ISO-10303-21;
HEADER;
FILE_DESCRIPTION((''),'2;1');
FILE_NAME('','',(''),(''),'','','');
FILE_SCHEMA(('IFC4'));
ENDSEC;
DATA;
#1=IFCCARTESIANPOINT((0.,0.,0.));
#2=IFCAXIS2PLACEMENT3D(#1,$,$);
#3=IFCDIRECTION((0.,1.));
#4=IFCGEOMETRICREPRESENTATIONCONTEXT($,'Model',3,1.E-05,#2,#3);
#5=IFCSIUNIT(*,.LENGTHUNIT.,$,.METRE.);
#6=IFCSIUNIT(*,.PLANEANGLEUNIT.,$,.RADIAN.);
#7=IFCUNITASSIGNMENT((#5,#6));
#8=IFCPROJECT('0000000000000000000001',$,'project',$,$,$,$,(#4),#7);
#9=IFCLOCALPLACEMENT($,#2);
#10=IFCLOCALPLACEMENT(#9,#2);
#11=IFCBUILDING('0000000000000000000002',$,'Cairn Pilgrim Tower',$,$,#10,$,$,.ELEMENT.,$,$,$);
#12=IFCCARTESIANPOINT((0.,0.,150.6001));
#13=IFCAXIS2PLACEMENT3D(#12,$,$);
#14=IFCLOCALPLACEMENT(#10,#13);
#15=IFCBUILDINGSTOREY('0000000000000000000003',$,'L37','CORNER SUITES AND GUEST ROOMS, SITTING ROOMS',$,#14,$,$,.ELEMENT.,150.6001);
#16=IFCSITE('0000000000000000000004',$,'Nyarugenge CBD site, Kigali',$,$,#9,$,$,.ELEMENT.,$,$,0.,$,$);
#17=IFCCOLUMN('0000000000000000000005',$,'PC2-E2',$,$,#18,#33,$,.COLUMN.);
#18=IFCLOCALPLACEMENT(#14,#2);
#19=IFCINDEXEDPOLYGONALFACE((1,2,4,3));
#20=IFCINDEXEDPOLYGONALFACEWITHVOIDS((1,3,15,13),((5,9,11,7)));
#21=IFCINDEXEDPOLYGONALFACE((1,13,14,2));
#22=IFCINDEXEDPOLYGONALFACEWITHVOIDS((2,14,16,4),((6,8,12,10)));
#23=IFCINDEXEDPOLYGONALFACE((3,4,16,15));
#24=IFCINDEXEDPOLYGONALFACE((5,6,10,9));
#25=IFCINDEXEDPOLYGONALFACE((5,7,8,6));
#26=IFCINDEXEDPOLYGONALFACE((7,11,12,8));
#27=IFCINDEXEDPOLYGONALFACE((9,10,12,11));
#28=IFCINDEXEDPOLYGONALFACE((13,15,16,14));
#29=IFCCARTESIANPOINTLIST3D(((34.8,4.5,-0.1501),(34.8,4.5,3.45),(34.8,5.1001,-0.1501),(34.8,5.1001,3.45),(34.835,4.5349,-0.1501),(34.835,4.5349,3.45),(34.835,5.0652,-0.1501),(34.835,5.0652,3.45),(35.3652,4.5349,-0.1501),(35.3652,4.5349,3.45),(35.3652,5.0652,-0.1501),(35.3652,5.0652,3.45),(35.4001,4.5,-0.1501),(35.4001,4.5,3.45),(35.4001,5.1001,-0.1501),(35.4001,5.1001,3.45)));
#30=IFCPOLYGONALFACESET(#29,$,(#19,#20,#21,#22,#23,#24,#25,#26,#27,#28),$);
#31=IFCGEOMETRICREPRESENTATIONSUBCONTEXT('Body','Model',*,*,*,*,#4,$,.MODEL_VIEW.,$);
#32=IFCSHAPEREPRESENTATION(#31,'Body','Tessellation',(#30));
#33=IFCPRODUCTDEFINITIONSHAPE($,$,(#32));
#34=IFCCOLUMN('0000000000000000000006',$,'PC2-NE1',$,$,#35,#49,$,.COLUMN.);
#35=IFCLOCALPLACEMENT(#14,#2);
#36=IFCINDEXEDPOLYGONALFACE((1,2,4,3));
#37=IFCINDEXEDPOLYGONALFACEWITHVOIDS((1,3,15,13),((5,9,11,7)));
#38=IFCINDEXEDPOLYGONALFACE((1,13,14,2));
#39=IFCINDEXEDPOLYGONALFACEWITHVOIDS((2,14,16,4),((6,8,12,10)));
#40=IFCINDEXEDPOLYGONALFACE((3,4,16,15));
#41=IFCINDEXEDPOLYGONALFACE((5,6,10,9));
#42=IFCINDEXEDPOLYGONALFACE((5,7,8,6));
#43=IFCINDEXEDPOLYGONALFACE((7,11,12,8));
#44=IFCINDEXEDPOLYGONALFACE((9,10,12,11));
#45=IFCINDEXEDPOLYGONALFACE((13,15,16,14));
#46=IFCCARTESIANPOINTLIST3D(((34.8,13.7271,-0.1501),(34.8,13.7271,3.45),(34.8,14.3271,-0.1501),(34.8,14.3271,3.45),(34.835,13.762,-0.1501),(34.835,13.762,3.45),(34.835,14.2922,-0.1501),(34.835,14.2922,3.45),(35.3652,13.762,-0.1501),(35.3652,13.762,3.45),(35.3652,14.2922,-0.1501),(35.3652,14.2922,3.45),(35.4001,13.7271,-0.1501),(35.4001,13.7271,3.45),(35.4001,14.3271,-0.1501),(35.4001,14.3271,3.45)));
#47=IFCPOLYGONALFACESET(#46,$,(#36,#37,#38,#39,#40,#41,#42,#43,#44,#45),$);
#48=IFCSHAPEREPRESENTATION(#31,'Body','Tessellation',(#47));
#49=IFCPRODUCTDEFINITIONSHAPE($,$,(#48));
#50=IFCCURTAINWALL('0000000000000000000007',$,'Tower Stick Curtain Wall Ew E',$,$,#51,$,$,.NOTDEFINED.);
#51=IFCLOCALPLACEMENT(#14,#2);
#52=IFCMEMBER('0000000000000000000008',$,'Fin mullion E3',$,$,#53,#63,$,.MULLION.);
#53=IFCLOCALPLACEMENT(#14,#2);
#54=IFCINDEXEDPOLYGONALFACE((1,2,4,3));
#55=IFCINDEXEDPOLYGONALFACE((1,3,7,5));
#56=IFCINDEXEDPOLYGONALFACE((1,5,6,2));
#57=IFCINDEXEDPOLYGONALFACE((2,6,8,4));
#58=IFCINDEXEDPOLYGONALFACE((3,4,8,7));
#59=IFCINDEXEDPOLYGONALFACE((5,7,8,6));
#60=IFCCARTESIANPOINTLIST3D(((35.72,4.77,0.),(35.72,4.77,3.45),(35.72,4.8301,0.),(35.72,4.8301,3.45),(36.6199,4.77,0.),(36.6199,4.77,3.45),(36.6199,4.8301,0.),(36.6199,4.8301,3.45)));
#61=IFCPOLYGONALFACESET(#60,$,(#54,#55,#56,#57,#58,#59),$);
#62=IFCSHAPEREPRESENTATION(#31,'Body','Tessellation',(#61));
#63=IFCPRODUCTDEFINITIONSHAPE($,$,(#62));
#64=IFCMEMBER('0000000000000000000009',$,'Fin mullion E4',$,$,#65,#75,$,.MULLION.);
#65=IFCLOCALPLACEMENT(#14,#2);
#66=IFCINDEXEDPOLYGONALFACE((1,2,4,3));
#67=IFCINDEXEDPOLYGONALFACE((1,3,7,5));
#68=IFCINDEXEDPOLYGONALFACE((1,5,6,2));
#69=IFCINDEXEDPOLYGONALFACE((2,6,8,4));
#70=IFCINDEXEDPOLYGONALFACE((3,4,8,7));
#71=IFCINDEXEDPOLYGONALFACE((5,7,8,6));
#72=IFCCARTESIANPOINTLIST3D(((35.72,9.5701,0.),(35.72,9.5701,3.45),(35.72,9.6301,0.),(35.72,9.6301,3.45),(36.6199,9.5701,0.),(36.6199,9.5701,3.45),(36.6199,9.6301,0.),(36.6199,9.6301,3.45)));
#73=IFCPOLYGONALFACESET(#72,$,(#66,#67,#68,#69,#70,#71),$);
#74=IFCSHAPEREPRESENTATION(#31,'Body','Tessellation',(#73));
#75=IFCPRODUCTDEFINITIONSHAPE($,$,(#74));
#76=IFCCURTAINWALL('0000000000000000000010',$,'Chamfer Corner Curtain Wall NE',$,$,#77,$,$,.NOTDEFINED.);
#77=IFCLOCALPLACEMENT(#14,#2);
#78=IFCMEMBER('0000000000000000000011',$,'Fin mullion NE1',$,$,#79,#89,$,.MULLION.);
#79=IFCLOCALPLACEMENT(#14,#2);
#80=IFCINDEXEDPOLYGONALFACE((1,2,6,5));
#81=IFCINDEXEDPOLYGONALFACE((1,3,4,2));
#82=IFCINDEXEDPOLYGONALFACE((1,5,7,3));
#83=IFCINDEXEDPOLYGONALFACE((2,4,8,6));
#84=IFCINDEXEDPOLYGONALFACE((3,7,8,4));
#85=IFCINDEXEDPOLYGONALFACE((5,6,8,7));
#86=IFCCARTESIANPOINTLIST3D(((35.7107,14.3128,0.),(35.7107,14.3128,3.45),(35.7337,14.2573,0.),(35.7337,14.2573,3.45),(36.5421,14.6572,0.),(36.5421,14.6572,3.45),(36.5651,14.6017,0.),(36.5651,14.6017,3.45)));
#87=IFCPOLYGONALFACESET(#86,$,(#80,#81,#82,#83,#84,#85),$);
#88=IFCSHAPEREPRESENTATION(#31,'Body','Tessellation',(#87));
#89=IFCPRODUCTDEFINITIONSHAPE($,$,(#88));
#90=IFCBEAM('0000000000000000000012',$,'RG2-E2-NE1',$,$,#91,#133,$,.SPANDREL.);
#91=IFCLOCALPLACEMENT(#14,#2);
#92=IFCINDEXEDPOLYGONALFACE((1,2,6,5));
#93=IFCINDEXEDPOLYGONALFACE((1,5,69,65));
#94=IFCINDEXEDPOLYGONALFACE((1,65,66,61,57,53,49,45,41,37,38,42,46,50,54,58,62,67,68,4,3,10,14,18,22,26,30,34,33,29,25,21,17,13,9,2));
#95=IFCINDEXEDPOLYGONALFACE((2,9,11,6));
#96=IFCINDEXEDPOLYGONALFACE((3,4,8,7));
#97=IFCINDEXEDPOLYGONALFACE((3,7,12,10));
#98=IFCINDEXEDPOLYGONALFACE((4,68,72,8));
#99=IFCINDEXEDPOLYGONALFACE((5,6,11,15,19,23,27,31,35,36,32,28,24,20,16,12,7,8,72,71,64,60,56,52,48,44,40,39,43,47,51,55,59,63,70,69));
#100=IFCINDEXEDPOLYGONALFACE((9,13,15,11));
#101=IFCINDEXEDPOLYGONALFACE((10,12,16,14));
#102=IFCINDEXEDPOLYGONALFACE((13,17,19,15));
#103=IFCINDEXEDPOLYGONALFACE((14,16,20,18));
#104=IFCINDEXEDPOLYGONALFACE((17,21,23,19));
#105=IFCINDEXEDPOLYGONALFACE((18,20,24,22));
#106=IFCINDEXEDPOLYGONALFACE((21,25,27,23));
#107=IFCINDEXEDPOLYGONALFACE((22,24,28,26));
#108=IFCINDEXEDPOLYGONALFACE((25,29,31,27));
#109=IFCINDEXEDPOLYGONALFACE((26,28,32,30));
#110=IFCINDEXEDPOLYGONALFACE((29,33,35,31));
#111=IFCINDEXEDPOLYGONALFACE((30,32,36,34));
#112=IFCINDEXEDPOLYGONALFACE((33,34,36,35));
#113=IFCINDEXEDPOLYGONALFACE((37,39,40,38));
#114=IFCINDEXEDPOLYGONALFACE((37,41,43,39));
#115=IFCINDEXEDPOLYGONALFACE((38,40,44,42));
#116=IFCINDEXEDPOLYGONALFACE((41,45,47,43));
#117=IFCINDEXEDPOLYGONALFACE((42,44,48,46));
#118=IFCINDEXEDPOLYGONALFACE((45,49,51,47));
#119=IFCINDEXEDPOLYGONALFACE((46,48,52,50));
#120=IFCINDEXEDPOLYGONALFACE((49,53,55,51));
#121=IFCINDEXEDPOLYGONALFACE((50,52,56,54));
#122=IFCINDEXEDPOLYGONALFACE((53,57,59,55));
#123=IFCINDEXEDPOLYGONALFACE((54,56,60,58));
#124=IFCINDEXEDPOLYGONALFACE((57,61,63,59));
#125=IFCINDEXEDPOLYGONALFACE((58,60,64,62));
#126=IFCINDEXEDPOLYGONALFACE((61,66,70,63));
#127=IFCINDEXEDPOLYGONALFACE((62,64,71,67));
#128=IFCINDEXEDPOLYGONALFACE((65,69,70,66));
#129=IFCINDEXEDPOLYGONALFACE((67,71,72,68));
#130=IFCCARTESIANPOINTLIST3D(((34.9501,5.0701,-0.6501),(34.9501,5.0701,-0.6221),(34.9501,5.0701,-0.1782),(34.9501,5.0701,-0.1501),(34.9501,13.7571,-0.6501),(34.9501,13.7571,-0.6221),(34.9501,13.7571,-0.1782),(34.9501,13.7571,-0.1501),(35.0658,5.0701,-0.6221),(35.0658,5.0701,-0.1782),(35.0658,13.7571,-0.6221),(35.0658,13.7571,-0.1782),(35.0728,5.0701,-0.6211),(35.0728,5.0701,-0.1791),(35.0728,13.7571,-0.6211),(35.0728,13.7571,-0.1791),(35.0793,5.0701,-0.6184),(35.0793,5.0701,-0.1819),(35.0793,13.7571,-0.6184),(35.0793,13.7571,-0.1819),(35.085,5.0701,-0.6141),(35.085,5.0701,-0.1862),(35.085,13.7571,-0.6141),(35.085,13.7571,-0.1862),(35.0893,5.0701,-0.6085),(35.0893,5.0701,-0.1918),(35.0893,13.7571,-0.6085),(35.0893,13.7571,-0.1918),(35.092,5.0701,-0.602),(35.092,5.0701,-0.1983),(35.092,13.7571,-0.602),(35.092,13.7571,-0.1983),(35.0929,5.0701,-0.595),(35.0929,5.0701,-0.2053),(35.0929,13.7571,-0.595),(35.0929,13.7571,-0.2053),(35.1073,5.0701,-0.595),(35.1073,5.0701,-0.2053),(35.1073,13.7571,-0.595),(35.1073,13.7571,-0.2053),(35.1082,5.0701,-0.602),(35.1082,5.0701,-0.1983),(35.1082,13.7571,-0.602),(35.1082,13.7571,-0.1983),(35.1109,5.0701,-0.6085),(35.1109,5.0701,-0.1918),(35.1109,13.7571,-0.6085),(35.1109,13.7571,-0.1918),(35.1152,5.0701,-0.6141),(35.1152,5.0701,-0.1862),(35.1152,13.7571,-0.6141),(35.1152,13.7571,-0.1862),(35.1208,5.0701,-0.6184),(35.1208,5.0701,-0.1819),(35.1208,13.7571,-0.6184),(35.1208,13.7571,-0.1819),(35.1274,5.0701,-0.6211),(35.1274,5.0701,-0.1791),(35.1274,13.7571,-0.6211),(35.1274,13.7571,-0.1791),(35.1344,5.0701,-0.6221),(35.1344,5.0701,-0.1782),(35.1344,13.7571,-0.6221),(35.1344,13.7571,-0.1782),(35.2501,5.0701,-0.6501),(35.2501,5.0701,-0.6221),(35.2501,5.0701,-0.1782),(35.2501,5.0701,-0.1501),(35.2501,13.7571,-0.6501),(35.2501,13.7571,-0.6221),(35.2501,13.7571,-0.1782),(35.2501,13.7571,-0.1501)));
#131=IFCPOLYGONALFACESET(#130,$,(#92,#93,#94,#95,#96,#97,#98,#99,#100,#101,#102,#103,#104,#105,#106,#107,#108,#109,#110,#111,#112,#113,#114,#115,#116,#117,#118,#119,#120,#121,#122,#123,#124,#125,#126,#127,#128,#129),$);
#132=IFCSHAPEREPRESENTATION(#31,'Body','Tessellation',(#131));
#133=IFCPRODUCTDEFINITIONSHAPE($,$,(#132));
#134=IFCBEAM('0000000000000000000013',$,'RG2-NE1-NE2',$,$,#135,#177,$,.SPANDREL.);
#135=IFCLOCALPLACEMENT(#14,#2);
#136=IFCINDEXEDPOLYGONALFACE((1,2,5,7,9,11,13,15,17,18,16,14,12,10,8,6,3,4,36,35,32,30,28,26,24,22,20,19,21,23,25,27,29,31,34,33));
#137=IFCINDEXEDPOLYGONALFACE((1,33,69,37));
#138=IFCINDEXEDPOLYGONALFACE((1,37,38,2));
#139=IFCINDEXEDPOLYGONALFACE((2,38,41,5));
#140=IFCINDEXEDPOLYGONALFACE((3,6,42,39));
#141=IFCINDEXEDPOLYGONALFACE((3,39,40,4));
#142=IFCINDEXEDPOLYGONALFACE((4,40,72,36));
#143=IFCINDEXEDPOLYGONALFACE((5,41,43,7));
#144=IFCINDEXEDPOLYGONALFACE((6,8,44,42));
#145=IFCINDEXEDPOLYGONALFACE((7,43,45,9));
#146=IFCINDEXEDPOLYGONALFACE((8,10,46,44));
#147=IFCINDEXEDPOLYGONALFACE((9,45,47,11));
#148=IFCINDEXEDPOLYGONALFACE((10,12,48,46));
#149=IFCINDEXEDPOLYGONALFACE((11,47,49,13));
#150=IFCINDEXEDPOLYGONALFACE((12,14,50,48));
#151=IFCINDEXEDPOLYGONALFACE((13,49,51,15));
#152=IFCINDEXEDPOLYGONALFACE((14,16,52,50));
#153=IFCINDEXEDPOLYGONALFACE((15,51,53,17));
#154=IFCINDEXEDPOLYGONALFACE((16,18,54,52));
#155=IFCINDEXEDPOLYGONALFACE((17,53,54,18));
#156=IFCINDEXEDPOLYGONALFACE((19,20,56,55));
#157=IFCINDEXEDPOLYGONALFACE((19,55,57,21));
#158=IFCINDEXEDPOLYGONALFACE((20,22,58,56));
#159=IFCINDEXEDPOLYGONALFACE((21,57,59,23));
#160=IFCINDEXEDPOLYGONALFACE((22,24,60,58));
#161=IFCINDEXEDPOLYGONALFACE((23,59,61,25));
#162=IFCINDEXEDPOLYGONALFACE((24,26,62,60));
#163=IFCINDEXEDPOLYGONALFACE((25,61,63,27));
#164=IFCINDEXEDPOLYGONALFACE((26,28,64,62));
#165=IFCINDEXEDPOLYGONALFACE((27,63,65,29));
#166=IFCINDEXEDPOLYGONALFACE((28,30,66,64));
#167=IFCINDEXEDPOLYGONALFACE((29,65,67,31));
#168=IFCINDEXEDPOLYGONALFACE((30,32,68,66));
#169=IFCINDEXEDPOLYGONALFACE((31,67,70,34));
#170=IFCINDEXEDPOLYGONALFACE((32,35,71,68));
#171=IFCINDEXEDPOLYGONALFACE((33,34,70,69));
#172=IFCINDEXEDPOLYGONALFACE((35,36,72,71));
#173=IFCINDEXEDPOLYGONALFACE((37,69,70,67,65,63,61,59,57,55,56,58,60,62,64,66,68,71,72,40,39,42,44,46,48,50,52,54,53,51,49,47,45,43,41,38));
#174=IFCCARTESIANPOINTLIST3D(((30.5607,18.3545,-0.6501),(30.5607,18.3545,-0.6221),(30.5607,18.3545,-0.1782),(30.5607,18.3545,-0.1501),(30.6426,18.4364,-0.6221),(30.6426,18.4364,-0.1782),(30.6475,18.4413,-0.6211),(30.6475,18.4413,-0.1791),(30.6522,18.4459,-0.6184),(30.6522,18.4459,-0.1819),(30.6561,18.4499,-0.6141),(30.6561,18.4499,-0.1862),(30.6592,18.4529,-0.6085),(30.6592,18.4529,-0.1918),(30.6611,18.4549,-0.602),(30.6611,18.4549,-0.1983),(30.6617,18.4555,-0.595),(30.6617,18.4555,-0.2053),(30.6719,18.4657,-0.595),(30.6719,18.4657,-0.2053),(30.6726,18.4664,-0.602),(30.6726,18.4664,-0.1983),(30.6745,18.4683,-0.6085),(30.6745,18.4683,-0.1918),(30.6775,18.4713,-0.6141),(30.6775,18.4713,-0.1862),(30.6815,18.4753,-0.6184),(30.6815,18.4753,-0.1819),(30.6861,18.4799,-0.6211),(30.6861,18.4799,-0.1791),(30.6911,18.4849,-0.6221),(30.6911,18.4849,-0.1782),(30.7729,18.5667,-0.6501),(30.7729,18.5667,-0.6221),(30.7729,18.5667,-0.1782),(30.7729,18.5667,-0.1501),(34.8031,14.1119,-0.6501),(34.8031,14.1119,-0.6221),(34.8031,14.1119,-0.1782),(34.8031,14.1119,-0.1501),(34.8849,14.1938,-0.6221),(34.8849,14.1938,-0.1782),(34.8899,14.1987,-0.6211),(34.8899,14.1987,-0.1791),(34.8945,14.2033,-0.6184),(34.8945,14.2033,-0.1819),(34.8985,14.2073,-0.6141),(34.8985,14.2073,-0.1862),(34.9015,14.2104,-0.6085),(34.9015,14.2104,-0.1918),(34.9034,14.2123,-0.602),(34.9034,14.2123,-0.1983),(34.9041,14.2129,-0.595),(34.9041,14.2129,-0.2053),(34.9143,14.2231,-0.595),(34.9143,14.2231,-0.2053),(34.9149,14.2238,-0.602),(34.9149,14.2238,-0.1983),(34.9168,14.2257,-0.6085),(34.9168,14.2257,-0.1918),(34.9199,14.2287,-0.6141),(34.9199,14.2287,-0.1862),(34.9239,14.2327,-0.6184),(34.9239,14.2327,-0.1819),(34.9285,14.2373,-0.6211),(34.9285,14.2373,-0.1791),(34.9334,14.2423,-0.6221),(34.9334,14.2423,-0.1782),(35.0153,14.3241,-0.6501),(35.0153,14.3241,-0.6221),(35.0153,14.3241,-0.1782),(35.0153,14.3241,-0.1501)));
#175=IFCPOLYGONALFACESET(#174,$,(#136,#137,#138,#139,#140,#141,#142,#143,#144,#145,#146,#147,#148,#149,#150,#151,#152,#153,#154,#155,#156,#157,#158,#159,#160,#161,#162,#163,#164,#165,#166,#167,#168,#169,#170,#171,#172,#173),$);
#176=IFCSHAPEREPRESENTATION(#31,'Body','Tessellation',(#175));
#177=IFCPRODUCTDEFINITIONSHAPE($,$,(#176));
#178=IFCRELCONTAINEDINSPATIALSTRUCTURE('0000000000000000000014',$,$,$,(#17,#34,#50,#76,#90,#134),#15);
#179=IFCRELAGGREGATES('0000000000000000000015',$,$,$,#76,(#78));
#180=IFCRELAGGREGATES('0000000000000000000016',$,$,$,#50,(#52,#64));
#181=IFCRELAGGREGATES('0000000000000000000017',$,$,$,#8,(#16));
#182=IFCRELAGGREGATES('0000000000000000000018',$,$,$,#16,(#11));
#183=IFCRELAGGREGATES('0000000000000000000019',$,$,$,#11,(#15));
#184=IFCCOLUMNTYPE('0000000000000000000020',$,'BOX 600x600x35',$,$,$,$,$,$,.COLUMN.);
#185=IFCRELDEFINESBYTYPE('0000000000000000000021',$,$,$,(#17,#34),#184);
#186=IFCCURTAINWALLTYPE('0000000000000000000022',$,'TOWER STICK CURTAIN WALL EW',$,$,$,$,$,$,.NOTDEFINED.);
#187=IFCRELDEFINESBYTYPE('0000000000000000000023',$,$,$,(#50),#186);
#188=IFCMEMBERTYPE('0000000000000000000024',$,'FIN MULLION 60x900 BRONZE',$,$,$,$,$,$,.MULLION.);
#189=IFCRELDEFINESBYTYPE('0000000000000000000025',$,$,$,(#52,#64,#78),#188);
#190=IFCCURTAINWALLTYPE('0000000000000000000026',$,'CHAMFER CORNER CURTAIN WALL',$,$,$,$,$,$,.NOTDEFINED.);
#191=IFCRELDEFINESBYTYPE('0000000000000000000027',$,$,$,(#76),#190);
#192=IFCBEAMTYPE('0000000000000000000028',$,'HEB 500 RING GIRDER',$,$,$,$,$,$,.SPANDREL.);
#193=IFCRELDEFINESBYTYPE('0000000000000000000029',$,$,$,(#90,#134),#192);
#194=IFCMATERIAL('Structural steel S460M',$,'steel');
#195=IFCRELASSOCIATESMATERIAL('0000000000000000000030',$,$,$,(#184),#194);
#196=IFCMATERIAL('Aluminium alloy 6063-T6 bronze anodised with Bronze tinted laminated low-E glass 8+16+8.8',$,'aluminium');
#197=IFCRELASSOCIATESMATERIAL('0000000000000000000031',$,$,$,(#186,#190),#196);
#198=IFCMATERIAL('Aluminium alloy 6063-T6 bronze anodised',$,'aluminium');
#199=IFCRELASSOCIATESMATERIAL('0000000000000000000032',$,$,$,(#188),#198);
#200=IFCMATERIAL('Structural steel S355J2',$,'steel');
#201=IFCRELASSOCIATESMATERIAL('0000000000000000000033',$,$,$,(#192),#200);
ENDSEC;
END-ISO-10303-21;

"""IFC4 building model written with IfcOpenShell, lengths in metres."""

from ifc_helpers import new_model, si_unit, direction, frame, origin, origin_2d, place, context, subcontext, project, spatial, rectangle, hollow_rectangle, i_section, extrude, material, material_profile, profile_set, type_object, element, aggregate, save


model = new_model("IFC4")

# Units and contexts
model_context = context("Model", 3, precision=1e-05, world=origin(), true_north=direction((0.0, 1.0)))
body_context = subcontext(model_context, "Body", "Model", "MODEL_VIEW")
ifc_project = project(units=[si_unit("LENGTHUNIT", "METRE"), si_unit("PLANEANGLEUNIT", "RADIAN")], contexts=[model_context])

# Site, building, storey
site_placement = place(None, origin())
site = spatial("IfcSite", under=ifc_project, at=site_placement, Name="Nyarugenge CBD site, Kigali", CompositionType="ELEMENT", RefElevation=0.0)
building_placement = place(site_placement, origin())
building = spatial("IfcBuilding", under=site, at=building_placement, Name="Cairn Pilgrim Tower", CompositionType="ELEMENT")
storey_placement = place(building_placement, frame((0.0, 0.0, 150.6001)))
storey = spatial("IfcBuildingStorey", under=building, at=storey_placement, Name="L37", Description="CORNER SUITES AND GUEST ROOMS, SITTING ROOMS", CompositionType="ELEMENT", Elevation=150.6001)

# Columns
ifc_material_1 = material(Name="Structural steel S460M", Category="steel")
ifc_material_profile_1 = material_profile(ifc_material_1, hollow_rectangle(XDim=0.6001, YDim=0.6001, WallThickness=0.0349, at=origin_2d()), Name="BOX 600x600x35")
ifc_profile_set_1 = profile_set([ifc_material_profile_1], Name="Structural steel S460M")
column_type = type_object("IfcColumnType", Name="BOX 600x600x35", PredefinedType="COLUMN", material=ifc_profile_set_1)
for number, where, z_axis, x_axis, name in (
    (1, (35.1001, 4.8, -0.1501), (0.0, 0.0, 1.0), (1.0, 0.0, 0.0), "PC2-E2"),
    (2, (35.1001, 14.0271, -0.1501), (0.0, 0.0, 1.0), (1.0, 0.0, 0.0), "PC2-NE1"),
):
    element("IfcColumn", number, at=place(storey_placement, frame(where, z_axis=z_axis, x_axis=x_axis)), inside=storey, type_object=column_type, Name=name, PredefinedType="COLUMN", context=body_context, shape_type="SweptSolid", body=[
        extrude(hollow_rectangle(XDim=0.6001, YDim=0.6001, WallThickness=0.0349, at=origin_2d()), origin(), (0.0, 0.0, 1.0), 3.6001),
    ])

# Curtain wall, members
ifc_material_2 = material(Name="Aluminium alloy 6063-T6 bronze anodised with Bronze tinted laminated low-E glass 8+16+8.8", Category="aluminium")
curtain_wall_type_1 = type_object("IfcCurtainWallType", Name="TOWER STICK CURTAIN WALL EW", PredefinedType="NOTDEFINED", material=ifc_material_2)
curtain_wall_1_placement = place(storey_placement, origin())
curtain_wall_1 = element("IfcCurtainWall", 3, at=curtain_wall_1_placement, inside=storey, type_object=curtain_wall_type_1, Name="Tower Stick Curtain Wall Ew E", PredefinedType="NOTDEFINED")
ifc_material_3 = material(Name="Aluminium alloy 6063-T6 bronze anodised", Category="aluminium")
ifc_material_profile_2 = material_profile(ifc_material_3, rectangle(XDim=0.8999, YDim=0.0601, at=origin_2d()), Name="FIN MULLION 60x900 BRONZE")
ifc_profile_set_2 = profile_set([ifc_material_profile_2], Name="Aluminium alloy 6063-T6 bronze anodised")
member_type_1 = type_object("IfcMemberType", Name="FIN MULLION 60x900 BRONZE", PredefinedType="MULLION", material=ifc_profile_set_2)
member_1_placement = place(storey_placement, frame((36.1699, 4.8, 0.0), z_axis=(0.0, 0.0, 1.0), x_axis=(1.0, 0.0, 0.0)))
member_1 = element("IfcMember", 4, at=member_1_placement, type_object=member_type_1, Name="Fin mullion E3", PredefinedType="MULLION", context=body_context, shape_type="SweptSolid", body=[
    extrude(rectangle(XDim=0.8999, YDim=0.0601, at=origin_2d()), origin(), (0.0, 0.0, 1.0), 3.45),
])
member_2_placement = place(storey_placement, frame((36.1699, 9.6001, 0.0), z_axis=(0.0, 0.0, 1.0), x_axis=(1.0, 0.0, 0.0)))
member_2 = element("IfcMember", 5, at=member_2_placement, type_object=member_type_1, Name="Fin mullion E4", PredefinedType="MULLION", context=body_context, shape_type="SweptSolid", body=[
    extrude(rectangle(XDim=0.8999, YDim=0.0601, at=origin_2d()), origin(), (0.0, 0.0, 1.0), 3.45),
])

# Curtain wall, member
curtain_wall_type_2 = type_object("IfcCurtainWallType", Name="CHAMFER CORNER CURTAIN WALL", PredefinedType="NOTDEFINED", material=ifc_material_2)
curtain_wall_2_placement = place(storey_placement, origin())
curtain_wall_2 = element("IfcCurtainWall", 6, at=curtain_wall_2_placement, inside=storey, type_object=curtain_wall_type_2, Name="Chamfer Corner Curtain Wall NE", PredefinedType="NOTDEFINED")
member_3_placement = place(storey_placement, frame((36.1379, 14.4573, 0.0), z_axis=(0.0, 0.0, 1.0), x_axis=(0.92388, 0.382683, 0.0)))
member_3 = element("IfcMember", 7, at=member_3_placement, type_object=member_type_1, Name="Fin mullion NE1", PredefinedType="MULLION", context=body_context, shape_type="SweptSolid", body=[
    extrude(rectangle(XDim=0.8999, YDim=0.0601, at=origin_2d()), origin(), (0.0, 0.0, 1.0), 3.45),
])
aggregate(curtain_wall_2, [member_3])

# Beams
ifc_material_4 = material(Name="Structural steel S355J2", Category="steel")
ifc_material_profile_3 = material_profile(ifc_material_4, i_section(OverallWidth=0.3, OverallDepth=0.5, WebThickness=0.0144, FlangeThickness=0.0281, FilletRadius=0.0271, at=origin_2d()), Name="HEB 500")
ifc_profile_set_3 = profile_set([ifc_material_profile_3], Name="Structural steel S355J2")
beam_type_1 = type_object("IfcBeamType", Name="HEB 500 RING GIRDER", PredefinedType="SPANDREL", material=ifc_profile_set_3)
beam_1_placement = place(storey_placement, frame((35.1001, 5.0701, -0.4001), z_axis=(0.0, 1.0, 0.0), x_axis=(-1.0, 0.0, 0.0)))
element("IfcBeam", 8, at=beam_1_placement, inside=storey, type_object=beam_type_1, Name="RG2-E2-NE1", PredefinedType="SPANDREL", context=body_context, shape_type="SweptSolid", body=[
    extrude(i_section(OverallWidth=0.3, OverallDepth=0.5, WebThickness=0.0144, FlangeThickness=0.0281, FilletRadius=0.0271, at=origin_2d()), origin(), (0.0, 0.0, 1.0), 8.687),
])
beam_2_placement = place(storey_placement, frame((34.9092, 14.218, -0.4001), z_axis=(-0.707086, 0.707127, 0.0), x_axis=(-0.707127, -0.707086, 0.0)))
element("IfcBeam", 9, at=beam_2_placement, inside=storey, type_object=beam_type_1, Name="RG2-NE1-NE2", PredefinedType="SPANDREL", context=body_context, shape_type="SweptSolid", body=[
    extrude(i_section(OverallWidth=0.3, OverallDepth=0.5, WebThickness=0.0144, FlangeThickness=0.0281, FilletRadius=0.0271, at=origin_2d()), origin(), (0.0, 0.0, 1.0), 5.9998),
])

aggregate(curtain_wall_1, [member_1, member_2])

save(model, "model.ifc")
